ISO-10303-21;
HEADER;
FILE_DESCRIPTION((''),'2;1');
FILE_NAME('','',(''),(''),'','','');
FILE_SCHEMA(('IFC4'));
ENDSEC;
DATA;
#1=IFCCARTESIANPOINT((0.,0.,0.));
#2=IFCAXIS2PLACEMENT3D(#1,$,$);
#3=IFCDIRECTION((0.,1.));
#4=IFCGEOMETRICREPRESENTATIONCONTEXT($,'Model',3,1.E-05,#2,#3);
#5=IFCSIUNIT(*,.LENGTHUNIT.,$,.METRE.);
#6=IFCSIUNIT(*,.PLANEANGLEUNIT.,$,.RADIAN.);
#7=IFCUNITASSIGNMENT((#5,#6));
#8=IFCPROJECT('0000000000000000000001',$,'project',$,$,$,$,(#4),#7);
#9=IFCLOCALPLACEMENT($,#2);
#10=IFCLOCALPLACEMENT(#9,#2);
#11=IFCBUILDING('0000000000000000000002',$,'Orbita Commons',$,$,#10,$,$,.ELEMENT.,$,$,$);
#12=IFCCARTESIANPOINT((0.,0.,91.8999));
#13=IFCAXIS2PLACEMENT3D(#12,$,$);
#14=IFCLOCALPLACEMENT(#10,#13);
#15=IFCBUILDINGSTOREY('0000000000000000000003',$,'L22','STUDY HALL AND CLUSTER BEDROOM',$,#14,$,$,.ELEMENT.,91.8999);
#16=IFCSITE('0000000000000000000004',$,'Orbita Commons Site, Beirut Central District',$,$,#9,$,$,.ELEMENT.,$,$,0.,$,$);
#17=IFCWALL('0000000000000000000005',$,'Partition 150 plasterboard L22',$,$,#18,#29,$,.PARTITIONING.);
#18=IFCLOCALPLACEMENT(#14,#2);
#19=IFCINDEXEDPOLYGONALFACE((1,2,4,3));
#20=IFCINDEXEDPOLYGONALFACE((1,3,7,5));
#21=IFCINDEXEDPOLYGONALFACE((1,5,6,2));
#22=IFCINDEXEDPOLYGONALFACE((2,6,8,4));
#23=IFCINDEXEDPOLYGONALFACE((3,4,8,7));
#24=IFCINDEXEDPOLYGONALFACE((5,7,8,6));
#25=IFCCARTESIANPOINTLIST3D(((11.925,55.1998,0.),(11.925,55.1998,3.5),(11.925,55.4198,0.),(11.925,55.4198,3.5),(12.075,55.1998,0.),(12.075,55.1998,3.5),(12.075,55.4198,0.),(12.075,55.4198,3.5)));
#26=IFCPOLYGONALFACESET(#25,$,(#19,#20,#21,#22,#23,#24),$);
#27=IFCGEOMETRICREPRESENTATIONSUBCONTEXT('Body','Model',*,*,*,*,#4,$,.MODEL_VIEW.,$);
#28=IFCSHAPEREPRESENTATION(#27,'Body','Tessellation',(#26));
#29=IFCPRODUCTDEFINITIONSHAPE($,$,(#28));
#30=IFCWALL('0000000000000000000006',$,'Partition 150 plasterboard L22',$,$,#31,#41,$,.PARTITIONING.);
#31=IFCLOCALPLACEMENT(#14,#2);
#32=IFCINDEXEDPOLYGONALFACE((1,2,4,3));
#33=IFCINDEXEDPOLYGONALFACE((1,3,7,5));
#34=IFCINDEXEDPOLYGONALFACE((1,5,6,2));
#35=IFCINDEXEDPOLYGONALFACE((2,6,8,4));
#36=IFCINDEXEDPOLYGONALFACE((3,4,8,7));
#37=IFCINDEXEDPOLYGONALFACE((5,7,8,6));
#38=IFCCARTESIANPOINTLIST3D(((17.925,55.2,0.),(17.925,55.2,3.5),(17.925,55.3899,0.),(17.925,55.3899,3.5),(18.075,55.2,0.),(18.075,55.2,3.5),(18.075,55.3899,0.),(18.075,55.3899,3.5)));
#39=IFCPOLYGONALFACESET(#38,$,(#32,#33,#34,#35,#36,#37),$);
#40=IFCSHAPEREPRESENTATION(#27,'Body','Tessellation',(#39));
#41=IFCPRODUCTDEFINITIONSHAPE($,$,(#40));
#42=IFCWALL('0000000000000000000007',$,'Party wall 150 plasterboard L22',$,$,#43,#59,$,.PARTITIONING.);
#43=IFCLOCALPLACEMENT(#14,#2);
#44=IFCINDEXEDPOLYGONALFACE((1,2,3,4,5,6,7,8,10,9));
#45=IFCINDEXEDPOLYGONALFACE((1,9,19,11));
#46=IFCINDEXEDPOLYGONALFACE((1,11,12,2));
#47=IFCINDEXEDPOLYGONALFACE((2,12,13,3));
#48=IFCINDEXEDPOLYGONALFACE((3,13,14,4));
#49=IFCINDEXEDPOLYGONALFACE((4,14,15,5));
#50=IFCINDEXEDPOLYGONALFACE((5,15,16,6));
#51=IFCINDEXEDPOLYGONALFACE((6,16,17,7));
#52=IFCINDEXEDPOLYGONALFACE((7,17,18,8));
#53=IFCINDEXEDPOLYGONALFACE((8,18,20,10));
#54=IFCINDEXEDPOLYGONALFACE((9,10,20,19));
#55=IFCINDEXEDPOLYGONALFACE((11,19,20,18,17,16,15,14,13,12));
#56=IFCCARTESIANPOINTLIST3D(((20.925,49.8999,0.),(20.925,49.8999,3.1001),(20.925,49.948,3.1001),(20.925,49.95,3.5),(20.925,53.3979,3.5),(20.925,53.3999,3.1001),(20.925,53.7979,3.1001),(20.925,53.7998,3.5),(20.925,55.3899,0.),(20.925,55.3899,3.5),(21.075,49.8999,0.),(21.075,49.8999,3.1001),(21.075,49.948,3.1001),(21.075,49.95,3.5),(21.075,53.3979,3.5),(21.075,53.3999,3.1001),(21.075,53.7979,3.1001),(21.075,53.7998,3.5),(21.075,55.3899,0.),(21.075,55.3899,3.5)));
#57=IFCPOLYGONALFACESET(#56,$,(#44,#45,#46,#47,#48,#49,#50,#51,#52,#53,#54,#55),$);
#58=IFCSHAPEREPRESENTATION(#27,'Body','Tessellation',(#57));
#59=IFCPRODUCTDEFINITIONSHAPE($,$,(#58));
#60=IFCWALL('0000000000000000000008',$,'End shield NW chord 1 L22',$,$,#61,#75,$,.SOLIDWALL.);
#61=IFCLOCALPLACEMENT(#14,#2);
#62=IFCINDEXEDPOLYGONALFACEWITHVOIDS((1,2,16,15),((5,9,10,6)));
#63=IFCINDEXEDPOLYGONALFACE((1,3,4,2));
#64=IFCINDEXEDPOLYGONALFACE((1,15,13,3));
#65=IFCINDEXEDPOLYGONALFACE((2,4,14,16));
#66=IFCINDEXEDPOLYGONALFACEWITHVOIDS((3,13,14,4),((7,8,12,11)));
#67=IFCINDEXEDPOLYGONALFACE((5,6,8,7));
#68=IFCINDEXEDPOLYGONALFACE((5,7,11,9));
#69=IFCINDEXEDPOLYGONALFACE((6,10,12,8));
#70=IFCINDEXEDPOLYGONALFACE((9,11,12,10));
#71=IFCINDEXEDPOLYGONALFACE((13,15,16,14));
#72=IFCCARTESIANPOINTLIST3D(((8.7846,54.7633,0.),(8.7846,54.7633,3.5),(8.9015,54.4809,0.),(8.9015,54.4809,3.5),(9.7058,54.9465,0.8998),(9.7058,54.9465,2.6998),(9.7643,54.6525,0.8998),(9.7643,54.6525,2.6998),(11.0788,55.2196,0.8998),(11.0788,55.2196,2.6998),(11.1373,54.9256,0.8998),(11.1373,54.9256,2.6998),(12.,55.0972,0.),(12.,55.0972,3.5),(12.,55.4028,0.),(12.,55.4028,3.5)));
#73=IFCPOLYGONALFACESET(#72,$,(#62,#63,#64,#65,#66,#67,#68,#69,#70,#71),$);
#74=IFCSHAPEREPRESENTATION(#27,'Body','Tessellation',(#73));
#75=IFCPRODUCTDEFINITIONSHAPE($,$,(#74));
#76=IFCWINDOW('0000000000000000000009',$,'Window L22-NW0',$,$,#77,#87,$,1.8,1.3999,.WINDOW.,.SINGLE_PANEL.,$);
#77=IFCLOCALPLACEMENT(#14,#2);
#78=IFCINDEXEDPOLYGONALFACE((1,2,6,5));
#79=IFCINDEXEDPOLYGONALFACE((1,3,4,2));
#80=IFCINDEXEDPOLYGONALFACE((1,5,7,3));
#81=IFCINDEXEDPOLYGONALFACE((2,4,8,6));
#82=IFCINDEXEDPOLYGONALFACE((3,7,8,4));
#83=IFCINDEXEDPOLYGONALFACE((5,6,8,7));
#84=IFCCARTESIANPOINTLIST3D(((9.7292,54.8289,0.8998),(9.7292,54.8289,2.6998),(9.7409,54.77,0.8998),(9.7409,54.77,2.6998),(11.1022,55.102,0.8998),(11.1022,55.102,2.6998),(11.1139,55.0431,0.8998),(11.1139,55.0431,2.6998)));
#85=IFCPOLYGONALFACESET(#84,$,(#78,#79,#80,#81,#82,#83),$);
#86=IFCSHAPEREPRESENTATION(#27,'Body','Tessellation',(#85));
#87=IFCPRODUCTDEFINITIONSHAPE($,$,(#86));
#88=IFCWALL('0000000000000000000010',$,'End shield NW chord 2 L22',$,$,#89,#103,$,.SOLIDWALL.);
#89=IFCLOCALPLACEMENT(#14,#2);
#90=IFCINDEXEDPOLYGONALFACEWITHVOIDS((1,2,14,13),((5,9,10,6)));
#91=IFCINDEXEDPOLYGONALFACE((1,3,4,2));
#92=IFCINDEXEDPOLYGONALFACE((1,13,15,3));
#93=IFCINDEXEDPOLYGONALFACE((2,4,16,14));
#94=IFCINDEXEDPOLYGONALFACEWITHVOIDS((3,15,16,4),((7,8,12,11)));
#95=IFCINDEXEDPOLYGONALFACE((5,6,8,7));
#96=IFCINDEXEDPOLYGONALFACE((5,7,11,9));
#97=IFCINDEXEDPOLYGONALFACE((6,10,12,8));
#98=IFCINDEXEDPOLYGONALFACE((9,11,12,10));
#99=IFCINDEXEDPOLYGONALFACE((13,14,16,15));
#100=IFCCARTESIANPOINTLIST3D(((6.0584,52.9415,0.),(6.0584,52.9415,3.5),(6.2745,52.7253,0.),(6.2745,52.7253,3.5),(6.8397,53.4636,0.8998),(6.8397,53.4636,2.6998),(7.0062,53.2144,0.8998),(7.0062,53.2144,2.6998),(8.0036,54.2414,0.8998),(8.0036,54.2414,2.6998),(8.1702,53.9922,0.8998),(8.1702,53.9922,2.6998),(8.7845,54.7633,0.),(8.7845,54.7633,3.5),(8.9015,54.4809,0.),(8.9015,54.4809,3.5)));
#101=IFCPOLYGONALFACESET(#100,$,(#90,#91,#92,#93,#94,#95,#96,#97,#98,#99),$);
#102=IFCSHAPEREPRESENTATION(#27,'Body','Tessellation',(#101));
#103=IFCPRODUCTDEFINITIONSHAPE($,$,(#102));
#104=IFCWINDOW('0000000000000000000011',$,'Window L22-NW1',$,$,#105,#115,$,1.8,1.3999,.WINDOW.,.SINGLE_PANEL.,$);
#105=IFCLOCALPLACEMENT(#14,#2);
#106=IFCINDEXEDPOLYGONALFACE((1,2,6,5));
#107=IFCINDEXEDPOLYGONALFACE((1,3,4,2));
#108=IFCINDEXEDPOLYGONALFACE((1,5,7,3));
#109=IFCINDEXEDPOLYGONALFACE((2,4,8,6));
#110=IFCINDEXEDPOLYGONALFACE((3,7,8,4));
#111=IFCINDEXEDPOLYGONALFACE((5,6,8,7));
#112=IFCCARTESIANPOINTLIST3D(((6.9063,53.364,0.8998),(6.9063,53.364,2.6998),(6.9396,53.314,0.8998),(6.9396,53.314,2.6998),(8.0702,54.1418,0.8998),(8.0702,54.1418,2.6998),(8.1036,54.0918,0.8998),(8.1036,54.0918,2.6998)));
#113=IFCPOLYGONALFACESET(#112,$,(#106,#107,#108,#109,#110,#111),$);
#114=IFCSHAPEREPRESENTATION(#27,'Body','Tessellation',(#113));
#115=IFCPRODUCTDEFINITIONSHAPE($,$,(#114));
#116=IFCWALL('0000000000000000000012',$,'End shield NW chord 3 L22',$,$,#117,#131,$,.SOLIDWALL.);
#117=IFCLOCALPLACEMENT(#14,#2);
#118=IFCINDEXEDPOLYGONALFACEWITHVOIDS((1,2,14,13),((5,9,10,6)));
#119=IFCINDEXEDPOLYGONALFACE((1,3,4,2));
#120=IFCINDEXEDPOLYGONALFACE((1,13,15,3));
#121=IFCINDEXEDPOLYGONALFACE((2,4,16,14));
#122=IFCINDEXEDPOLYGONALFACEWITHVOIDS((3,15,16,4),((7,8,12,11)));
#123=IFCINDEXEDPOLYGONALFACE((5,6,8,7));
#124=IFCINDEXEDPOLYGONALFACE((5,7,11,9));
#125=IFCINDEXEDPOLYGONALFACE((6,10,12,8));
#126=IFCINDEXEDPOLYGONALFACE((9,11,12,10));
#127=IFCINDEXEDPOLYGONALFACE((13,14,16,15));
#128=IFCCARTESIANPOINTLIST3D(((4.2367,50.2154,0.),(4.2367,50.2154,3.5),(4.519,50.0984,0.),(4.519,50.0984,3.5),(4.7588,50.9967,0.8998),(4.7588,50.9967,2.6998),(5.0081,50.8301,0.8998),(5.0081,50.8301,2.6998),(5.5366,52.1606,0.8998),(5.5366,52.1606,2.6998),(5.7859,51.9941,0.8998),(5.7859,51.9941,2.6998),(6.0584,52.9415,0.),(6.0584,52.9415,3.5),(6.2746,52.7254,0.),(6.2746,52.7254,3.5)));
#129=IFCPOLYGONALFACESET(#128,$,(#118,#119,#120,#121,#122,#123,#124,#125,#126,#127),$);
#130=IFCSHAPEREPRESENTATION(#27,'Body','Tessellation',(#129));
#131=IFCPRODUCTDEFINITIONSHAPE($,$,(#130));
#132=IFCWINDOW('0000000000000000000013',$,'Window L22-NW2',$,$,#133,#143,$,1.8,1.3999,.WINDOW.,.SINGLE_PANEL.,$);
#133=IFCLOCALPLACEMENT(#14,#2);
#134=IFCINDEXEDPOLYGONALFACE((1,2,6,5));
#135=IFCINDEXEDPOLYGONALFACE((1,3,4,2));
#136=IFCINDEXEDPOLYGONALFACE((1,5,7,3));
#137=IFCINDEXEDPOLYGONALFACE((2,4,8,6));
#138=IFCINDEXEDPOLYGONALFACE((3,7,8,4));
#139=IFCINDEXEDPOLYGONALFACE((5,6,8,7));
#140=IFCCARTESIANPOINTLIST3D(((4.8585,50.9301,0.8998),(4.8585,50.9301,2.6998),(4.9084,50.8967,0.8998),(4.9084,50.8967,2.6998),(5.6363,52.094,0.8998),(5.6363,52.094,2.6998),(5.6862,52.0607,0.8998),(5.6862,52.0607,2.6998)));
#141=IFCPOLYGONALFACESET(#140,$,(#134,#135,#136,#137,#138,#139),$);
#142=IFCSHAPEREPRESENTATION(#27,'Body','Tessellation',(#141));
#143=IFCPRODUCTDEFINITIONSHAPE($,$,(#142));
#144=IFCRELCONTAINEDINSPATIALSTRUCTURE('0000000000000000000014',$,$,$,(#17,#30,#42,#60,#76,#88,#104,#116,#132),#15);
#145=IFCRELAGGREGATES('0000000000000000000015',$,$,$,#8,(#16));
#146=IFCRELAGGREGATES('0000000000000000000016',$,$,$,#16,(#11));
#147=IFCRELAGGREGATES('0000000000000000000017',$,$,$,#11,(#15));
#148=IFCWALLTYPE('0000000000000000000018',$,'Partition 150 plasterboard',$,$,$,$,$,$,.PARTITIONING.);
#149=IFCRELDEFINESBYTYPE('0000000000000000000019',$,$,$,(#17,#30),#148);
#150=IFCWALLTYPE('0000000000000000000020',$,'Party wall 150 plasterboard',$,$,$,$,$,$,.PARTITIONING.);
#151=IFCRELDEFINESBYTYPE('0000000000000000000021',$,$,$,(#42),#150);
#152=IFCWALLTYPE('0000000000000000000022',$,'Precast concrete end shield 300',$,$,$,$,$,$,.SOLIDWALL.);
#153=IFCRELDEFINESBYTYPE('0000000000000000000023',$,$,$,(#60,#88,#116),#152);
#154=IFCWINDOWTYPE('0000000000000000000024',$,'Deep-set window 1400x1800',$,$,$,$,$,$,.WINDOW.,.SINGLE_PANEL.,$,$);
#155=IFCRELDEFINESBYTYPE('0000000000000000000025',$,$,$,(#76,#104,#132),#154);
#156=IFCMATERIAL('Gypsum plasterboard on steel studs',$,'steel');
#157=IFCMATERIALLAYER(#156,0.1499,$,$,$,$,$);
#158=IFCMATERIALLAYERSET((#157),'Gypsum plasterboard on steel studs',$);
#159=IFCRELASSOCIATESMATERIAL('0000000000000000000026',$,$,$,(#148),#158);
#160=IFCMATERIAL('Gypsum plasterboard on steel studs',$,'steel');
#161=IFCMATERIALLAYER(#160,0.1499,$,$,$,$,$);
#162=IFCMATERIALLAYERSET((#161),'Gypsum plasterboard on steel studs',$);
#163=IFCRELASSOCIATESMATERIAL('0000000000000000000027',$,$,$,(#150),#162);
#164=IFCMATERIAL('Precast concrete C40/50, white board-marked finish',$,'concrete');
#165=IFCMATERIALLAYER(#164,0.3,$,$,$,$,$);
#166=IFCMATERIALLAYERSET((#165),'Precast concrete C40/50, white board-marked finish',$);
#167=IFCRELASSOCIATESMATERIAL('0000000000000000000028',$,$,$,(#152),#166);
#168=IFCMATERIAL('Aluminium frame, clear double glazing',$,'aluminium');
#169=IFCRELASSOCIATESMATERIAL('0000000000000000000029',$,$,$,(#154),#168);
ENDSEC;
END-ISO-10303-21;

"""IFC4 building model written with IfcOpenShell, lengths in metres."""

from ifc_helpers import new_model, si_unit, direction, frame, frame_2d, origin, place, context, subcontext, project, spatial, polyline, rectangle, outline, extrude, material, layer, layer_set, type_object, element, fill, save


model = new_model("IFC4")

# Units and contexts
model_context = context("Model", 3, precision=1e-05, world=origin(), true_north=direction((0.0, 1.0)))
body_context = subcontext(model_context, "Body", "Model", "MODEL_VIEW")
ifc_project = project(units=[si_unit("LENGTHUNIT", "METRE"), si_unit("PLANEANGLEUNIT", "RADIAN")], contexts=[model_context])

# Site, building, storey
site_placement = place(None, origin())
site = spatial("IfcSite", under=ifc_project, at=site_placement, Name="Orbita Commons Site, Beirut Central District", CompositionType="ELEMENT", RefElevation=0.0)
building_placement = place(site_placement, origin())
building = spatial("IfcBuilding", under=site, at=building_placement, Name="Orbita Commons", CompositionType="ELEMENT")
storey_placement = place(building_placement, frame((0.0, 0.0, 91.8999)))
storey = spatial("IfcBuildingStorey", under=building, at=storey_placement, Name="L22", Description="STUDY HALL AND CLUSTER BEDROOM", CompositionType="ELEMENT", Elevation=91.8999)

# Walls
ifc_material_1 = material(Name="Gypsum plasterboard on steel studs", Category="steel")
ifc_layer_1 = layer(ifc_material_1, 0.1499)
ifc_layer_set_1 = layer_set([ifc_layer_1], Name="Gypsum plasterboard on steel studs")
wall_type_1 = type_object("IfcWallType", Name="Partition 150 plasterboard", PredefinedType="PARTITIONING", material=ifc_layer_set_1)
wall_1_placement = place(storey_placement, frame((12.0, 55.2, 0.0), z_axis=(0.0, 0.0, 1.0), x_axis=(0.0, 1.0, 0.0)))
element("IfcWall", 1, at=wall_1_placement, inside=storey, type_object=wall_type_1, Name="Partition 150 plasterboard L22", PredefinedType="PARTITIONING", context=body_context, shape_type="SweptSolid", body=[
    extrude(rectangle(XDim=0.22, YDim=0.1499, at=frame_2d((0.1099, 0.0))), origin(), (0.0, 0.0, 1.0), 3.5),
])
wall_2_placement = place(storey_placement, frame((18.0, 55.2, 0.0), z_axis=(0.0, 0.0, 1.0), x_axis=(0.0, 1.0, 0.0)))
element("IfcWall", 2, at=wall_2_placement, inside=storey, type_object=wall_type_1, Name="Partition 150 plasterboard L22", PredefinedType="PARTITIONING", context=body_context, shape_type="SweptSolid", body=[
    extrude(rectangle(XDim=0.1899, YDim=0.1499, at=frame_2d((0.095, 0.0))), origin(), (0.0, 0.0, 1.0), 3.5),
])
ifc_material_2 = material(Name="Gypsum plasterboard on steel studs", Category="steel")
ifc_layer_2 = layer(ifc_material_2, 0.1499)
ifc_layer_set_2 = layer_set([ifc_layer_2], Name="Gypsum plasterboard on steel studs")
wall_type_2 = type_object("IfcWallType", Name="Party wall 150 plasterboard", PredefinedType="PARTITIONING", material=ifc_layer_set_2)
wall_3_placement = place(storey_placement, frame((21.0, 55.3899, 0.0), z_axis=(0.0, 0.0, 1.0), x_axis=(0.0, -1.0, 0.0)))
element("IfcWall", 3, at=wall_3_placement, inside=storey, type_object=wall_type_2, Name="Party wall 150 plasterboard L22", PredefinedType="PARTITIONING", context=body_context, shape_type="SweptSolid", body=[
    extrude(outline(polyline([(0.0, 0.0), (5.49, 0.0), (5.49, 3.1001), (5.4419, 3.1001), (5.4399, 3.5), (1.9919, 3.5), (1.99, 3.1001), (1.592, 3.1001), (1.5901, 3.5), (0.0, 3.5), (0.0, 0.0)])), frame((0.0, 0.075, 0.0), z_axis=(0.0, -1.0, 0.0), x_axis=(1.0, 0.0, 0.0)), (0.0, 0.0, 1.0), 0.1499),
])

# Walls, openings, windows
ifc_material_3 = material(Name="Precast concrete C40/50, white board-marked finish", Category="concrete")
ifc_layer_3 = layer(ifc_material_3, 0.3)
ifc_layer_set_3 = layer_set([ifc_layer_3], Name="Precast concrete C40/50, white board-marked finish")
wall_type_3 = type_object("IfcWallType", Name="Precast concrete end shield 300", PredefinedType="SOLIDWALL", material=ifc_layer_set_3)
wall_4_placement = place(storey_placement, frame((12.0, 55.25, 0.0), z_axis=(0.0, 0.0, 1.0), x_axis=(-0.980787, -0.19508, 0.0)))
wall_4 = element("IfcWall", 4, at=wall_4_placement, inside=storey, type_object=wall_type_3, Name="End shield NW chord 1 L22", PredefinedType="SOLIDWALL", context=body_context, shape_type="SweptSolid", body=[
    extrude(outline(polyline([(-0.0298, -0.1499), (3.2485, -0.1499), (3.189, 0.1499), (0.0298, 0.1499), (-0.0298, -0.1499)])), origin(), (0.0, 0.0, 1.0), 3.5),
])
opening_1_placement = place(wall_4_placement, frame((0.9094, 0.0, 0.8999)))
opening_1 = element("IfcOpeningElement", 5, at=opening_1_placement, cuts=wall_4, PredefinedType="OPENING", context=body_context, shape_type="SweptSolid", body=[
    extrude(rectangle(XDim=1.3999, YDim=1.8, at=frame_2d((0.7, 0.8999))), frame((0.0, 0.1599, 0.0), z_axis=(0.0, -1.0, 0.0), x_axis=(1.0, 0.0, 0.0)), (0.0, 0.0, 1.0), 0.3201),
])
ifc_material_4 = material(Name="Aluminium frame, clear double glazing", Category="aluminium")
window_type = type_object("IfcWindowType", Name="Deep-set window 1400x1800", PartitioningType="SINGLE_PANEL", PredefinedType="WINDOW", material=ifc_material_4)
window_1_placement = place(opening_1_placement, origin())
window_1 = element("IfcWindow", 6, at=window_1_placement, inside=storey, type_object=window_type, Name="Window L22-NW0", OverallHeight=1.8, OverallWidth=1.3999, PartitioningType="SINGLE_PANEL", PredefinedType="WINDOW", context=body_context, shape_type="SweptSolid", body=[
    extrude(rectangle(XDim=1.3999, YDim=1.8, at=frame_2d((0.7, 0.8999))), frame((0.0, 0.03, 0.0), z_axis=(0.0, -1.0, 0.0), x_axis=(1.0, 0.0, 0.0)), (0.0, 0.0, 1.0), 0.0601),
])
fill(opening_1, window_1)
wall_5_placement = place(storey_placement, frame((8.843, 54.6221, 0.0), z_axis=(0.0, 0.0, 1.0), x_axis=(-0.831443, -0.55561, 0.0)))
wall_5 = element("IfcWall", 7, at=wall_5_placement, inside=storey, type_object=wall_type_3, Name="End shield NW chord 2 L22", PredefinedType="SOLIDWALL", context=body_context, shape_type="SweptSolid", body=[
    extrude(outline(polyline([(-0.0298, -0.1499), (3.249, -0.1499), (3.1895, 0.1499), (0.0298, 0.1499), (-0.0298, -0.1499)])), origin(), (0.0, 0.0, 1.0), 3.5),
])
opening_2_placement = place(wall_5_placement, frame((0.9094, 0.0, 0.8999)))
opening_2 = element("IfcOpeningElement", 8, at=opening_2_placement, cuts=wall_5, PredefinedType="OPENING", context=body_context, shape_type="SweptSolid", body=[
    extrude(rectangle(XDim=1.3999, YDim=1.8, at=frame_2d((0.7, 0.8999))), frame((0.0, 0.1599, 0.0), z_axis=(0.0, -1.0, 0.0), x_axis=(1.0, 0.0, 0.0)), (0.0, 0.0, 1.0), 0.3201),
])
window_2_placement = place(opening_2_placement, origin())
window_2 = element("IfcWindow", 9, at=window_2_placement, inside=storey, type_object=window_type, Name="Window L22-NW1", OverallHeight=1.8, OverallWidth=1.3999, PartitioningType="SINGLE_PANEL", PredefinedType="WINDOW", context=body_context, shape_type="SweptSolid", body=[
    extrude(rectangle(XDim=1.3999, YDim=1.8, at=frame_2d((0.7, 0.8999))), frame((0.0, 0.03, 0.0), z_axis=(0.0, -1.0, 0.0), x_axis=(1.0, 0.0, 0.0)), (0.0, 0.0, 1.0), 0.0601),
])
fill(opening_2, window_2)
wall_6_placement = place(storey_placement, frame((6.1665, 52.8335, 0.0), z_axis=(0.0, 0.0, 1.0), x_axis=(-0.55561, -0.831443, 0.0)))
wall_6 = element("IfcWall", 10, at=wall_6_placement, inside=storey, type_object=wall_type_3, Name="End shield NW chord 3 L22", PredefinedType="SOLIDWALL", context=body_context, shape_type="SweptSolid", body=[
    extrude(outline(polyline([(-0.0298, -0.1499), (3.249, -0.1499), (3.1895, 0.1499), (0.0298, 0.1499), (-0.0298, -0.1499)])), origin(), (0.0, 0.0, 1.0), 3.5),
])
opening_3_placement = place(wall_6_placement, frame((0.9094, 0.0, 0.8999)))
opening_3 = element("IfcOpeningElement", 11, at=opening_3_placement, cuts=wall_6, PredefinedType="OPENING", context=body_context, shape_type="SweptSolid", body=[
    extrude(rectangle(XDim=1.3999, YDim=1.8, at=frame_2d((0.7, 0.8999))), frame((0.0, 0.1599, 0.0), z_axis=(0.0, -1.0, 0.0), x_axis=(1.0, 0.0, 0.0)), (0.0, 0.0, 1.0), 0.3201),
])
window_3_placement = place(opening_3_placement, origin())
window_3 = element("IfcWindow", 12, at=window_3_placement, inside=storey, type_object=window_type, Name="Window L22-NW2", OverallHeight=1.8, OverallWidth=1.3999, PartitioningType="SINGLE_PANEL", PredefinedType="WINDOW", context=body_context, shape_type="SweptSolid", body=[
    extrude(rectangle(XDim=1.3999, YDim=1.8, at=frame_2d((0.7, 0.8999))), frame((0.0, 0.03, 0.0), z_axis=(0.0, -1.0, 0.0), x_axis=(1.0, 0.0, 0.0)), (0.0, 0.0, 1.0), 0.0601),
])
fill(opening_3, window_3)

save(model, "model.ifc")
